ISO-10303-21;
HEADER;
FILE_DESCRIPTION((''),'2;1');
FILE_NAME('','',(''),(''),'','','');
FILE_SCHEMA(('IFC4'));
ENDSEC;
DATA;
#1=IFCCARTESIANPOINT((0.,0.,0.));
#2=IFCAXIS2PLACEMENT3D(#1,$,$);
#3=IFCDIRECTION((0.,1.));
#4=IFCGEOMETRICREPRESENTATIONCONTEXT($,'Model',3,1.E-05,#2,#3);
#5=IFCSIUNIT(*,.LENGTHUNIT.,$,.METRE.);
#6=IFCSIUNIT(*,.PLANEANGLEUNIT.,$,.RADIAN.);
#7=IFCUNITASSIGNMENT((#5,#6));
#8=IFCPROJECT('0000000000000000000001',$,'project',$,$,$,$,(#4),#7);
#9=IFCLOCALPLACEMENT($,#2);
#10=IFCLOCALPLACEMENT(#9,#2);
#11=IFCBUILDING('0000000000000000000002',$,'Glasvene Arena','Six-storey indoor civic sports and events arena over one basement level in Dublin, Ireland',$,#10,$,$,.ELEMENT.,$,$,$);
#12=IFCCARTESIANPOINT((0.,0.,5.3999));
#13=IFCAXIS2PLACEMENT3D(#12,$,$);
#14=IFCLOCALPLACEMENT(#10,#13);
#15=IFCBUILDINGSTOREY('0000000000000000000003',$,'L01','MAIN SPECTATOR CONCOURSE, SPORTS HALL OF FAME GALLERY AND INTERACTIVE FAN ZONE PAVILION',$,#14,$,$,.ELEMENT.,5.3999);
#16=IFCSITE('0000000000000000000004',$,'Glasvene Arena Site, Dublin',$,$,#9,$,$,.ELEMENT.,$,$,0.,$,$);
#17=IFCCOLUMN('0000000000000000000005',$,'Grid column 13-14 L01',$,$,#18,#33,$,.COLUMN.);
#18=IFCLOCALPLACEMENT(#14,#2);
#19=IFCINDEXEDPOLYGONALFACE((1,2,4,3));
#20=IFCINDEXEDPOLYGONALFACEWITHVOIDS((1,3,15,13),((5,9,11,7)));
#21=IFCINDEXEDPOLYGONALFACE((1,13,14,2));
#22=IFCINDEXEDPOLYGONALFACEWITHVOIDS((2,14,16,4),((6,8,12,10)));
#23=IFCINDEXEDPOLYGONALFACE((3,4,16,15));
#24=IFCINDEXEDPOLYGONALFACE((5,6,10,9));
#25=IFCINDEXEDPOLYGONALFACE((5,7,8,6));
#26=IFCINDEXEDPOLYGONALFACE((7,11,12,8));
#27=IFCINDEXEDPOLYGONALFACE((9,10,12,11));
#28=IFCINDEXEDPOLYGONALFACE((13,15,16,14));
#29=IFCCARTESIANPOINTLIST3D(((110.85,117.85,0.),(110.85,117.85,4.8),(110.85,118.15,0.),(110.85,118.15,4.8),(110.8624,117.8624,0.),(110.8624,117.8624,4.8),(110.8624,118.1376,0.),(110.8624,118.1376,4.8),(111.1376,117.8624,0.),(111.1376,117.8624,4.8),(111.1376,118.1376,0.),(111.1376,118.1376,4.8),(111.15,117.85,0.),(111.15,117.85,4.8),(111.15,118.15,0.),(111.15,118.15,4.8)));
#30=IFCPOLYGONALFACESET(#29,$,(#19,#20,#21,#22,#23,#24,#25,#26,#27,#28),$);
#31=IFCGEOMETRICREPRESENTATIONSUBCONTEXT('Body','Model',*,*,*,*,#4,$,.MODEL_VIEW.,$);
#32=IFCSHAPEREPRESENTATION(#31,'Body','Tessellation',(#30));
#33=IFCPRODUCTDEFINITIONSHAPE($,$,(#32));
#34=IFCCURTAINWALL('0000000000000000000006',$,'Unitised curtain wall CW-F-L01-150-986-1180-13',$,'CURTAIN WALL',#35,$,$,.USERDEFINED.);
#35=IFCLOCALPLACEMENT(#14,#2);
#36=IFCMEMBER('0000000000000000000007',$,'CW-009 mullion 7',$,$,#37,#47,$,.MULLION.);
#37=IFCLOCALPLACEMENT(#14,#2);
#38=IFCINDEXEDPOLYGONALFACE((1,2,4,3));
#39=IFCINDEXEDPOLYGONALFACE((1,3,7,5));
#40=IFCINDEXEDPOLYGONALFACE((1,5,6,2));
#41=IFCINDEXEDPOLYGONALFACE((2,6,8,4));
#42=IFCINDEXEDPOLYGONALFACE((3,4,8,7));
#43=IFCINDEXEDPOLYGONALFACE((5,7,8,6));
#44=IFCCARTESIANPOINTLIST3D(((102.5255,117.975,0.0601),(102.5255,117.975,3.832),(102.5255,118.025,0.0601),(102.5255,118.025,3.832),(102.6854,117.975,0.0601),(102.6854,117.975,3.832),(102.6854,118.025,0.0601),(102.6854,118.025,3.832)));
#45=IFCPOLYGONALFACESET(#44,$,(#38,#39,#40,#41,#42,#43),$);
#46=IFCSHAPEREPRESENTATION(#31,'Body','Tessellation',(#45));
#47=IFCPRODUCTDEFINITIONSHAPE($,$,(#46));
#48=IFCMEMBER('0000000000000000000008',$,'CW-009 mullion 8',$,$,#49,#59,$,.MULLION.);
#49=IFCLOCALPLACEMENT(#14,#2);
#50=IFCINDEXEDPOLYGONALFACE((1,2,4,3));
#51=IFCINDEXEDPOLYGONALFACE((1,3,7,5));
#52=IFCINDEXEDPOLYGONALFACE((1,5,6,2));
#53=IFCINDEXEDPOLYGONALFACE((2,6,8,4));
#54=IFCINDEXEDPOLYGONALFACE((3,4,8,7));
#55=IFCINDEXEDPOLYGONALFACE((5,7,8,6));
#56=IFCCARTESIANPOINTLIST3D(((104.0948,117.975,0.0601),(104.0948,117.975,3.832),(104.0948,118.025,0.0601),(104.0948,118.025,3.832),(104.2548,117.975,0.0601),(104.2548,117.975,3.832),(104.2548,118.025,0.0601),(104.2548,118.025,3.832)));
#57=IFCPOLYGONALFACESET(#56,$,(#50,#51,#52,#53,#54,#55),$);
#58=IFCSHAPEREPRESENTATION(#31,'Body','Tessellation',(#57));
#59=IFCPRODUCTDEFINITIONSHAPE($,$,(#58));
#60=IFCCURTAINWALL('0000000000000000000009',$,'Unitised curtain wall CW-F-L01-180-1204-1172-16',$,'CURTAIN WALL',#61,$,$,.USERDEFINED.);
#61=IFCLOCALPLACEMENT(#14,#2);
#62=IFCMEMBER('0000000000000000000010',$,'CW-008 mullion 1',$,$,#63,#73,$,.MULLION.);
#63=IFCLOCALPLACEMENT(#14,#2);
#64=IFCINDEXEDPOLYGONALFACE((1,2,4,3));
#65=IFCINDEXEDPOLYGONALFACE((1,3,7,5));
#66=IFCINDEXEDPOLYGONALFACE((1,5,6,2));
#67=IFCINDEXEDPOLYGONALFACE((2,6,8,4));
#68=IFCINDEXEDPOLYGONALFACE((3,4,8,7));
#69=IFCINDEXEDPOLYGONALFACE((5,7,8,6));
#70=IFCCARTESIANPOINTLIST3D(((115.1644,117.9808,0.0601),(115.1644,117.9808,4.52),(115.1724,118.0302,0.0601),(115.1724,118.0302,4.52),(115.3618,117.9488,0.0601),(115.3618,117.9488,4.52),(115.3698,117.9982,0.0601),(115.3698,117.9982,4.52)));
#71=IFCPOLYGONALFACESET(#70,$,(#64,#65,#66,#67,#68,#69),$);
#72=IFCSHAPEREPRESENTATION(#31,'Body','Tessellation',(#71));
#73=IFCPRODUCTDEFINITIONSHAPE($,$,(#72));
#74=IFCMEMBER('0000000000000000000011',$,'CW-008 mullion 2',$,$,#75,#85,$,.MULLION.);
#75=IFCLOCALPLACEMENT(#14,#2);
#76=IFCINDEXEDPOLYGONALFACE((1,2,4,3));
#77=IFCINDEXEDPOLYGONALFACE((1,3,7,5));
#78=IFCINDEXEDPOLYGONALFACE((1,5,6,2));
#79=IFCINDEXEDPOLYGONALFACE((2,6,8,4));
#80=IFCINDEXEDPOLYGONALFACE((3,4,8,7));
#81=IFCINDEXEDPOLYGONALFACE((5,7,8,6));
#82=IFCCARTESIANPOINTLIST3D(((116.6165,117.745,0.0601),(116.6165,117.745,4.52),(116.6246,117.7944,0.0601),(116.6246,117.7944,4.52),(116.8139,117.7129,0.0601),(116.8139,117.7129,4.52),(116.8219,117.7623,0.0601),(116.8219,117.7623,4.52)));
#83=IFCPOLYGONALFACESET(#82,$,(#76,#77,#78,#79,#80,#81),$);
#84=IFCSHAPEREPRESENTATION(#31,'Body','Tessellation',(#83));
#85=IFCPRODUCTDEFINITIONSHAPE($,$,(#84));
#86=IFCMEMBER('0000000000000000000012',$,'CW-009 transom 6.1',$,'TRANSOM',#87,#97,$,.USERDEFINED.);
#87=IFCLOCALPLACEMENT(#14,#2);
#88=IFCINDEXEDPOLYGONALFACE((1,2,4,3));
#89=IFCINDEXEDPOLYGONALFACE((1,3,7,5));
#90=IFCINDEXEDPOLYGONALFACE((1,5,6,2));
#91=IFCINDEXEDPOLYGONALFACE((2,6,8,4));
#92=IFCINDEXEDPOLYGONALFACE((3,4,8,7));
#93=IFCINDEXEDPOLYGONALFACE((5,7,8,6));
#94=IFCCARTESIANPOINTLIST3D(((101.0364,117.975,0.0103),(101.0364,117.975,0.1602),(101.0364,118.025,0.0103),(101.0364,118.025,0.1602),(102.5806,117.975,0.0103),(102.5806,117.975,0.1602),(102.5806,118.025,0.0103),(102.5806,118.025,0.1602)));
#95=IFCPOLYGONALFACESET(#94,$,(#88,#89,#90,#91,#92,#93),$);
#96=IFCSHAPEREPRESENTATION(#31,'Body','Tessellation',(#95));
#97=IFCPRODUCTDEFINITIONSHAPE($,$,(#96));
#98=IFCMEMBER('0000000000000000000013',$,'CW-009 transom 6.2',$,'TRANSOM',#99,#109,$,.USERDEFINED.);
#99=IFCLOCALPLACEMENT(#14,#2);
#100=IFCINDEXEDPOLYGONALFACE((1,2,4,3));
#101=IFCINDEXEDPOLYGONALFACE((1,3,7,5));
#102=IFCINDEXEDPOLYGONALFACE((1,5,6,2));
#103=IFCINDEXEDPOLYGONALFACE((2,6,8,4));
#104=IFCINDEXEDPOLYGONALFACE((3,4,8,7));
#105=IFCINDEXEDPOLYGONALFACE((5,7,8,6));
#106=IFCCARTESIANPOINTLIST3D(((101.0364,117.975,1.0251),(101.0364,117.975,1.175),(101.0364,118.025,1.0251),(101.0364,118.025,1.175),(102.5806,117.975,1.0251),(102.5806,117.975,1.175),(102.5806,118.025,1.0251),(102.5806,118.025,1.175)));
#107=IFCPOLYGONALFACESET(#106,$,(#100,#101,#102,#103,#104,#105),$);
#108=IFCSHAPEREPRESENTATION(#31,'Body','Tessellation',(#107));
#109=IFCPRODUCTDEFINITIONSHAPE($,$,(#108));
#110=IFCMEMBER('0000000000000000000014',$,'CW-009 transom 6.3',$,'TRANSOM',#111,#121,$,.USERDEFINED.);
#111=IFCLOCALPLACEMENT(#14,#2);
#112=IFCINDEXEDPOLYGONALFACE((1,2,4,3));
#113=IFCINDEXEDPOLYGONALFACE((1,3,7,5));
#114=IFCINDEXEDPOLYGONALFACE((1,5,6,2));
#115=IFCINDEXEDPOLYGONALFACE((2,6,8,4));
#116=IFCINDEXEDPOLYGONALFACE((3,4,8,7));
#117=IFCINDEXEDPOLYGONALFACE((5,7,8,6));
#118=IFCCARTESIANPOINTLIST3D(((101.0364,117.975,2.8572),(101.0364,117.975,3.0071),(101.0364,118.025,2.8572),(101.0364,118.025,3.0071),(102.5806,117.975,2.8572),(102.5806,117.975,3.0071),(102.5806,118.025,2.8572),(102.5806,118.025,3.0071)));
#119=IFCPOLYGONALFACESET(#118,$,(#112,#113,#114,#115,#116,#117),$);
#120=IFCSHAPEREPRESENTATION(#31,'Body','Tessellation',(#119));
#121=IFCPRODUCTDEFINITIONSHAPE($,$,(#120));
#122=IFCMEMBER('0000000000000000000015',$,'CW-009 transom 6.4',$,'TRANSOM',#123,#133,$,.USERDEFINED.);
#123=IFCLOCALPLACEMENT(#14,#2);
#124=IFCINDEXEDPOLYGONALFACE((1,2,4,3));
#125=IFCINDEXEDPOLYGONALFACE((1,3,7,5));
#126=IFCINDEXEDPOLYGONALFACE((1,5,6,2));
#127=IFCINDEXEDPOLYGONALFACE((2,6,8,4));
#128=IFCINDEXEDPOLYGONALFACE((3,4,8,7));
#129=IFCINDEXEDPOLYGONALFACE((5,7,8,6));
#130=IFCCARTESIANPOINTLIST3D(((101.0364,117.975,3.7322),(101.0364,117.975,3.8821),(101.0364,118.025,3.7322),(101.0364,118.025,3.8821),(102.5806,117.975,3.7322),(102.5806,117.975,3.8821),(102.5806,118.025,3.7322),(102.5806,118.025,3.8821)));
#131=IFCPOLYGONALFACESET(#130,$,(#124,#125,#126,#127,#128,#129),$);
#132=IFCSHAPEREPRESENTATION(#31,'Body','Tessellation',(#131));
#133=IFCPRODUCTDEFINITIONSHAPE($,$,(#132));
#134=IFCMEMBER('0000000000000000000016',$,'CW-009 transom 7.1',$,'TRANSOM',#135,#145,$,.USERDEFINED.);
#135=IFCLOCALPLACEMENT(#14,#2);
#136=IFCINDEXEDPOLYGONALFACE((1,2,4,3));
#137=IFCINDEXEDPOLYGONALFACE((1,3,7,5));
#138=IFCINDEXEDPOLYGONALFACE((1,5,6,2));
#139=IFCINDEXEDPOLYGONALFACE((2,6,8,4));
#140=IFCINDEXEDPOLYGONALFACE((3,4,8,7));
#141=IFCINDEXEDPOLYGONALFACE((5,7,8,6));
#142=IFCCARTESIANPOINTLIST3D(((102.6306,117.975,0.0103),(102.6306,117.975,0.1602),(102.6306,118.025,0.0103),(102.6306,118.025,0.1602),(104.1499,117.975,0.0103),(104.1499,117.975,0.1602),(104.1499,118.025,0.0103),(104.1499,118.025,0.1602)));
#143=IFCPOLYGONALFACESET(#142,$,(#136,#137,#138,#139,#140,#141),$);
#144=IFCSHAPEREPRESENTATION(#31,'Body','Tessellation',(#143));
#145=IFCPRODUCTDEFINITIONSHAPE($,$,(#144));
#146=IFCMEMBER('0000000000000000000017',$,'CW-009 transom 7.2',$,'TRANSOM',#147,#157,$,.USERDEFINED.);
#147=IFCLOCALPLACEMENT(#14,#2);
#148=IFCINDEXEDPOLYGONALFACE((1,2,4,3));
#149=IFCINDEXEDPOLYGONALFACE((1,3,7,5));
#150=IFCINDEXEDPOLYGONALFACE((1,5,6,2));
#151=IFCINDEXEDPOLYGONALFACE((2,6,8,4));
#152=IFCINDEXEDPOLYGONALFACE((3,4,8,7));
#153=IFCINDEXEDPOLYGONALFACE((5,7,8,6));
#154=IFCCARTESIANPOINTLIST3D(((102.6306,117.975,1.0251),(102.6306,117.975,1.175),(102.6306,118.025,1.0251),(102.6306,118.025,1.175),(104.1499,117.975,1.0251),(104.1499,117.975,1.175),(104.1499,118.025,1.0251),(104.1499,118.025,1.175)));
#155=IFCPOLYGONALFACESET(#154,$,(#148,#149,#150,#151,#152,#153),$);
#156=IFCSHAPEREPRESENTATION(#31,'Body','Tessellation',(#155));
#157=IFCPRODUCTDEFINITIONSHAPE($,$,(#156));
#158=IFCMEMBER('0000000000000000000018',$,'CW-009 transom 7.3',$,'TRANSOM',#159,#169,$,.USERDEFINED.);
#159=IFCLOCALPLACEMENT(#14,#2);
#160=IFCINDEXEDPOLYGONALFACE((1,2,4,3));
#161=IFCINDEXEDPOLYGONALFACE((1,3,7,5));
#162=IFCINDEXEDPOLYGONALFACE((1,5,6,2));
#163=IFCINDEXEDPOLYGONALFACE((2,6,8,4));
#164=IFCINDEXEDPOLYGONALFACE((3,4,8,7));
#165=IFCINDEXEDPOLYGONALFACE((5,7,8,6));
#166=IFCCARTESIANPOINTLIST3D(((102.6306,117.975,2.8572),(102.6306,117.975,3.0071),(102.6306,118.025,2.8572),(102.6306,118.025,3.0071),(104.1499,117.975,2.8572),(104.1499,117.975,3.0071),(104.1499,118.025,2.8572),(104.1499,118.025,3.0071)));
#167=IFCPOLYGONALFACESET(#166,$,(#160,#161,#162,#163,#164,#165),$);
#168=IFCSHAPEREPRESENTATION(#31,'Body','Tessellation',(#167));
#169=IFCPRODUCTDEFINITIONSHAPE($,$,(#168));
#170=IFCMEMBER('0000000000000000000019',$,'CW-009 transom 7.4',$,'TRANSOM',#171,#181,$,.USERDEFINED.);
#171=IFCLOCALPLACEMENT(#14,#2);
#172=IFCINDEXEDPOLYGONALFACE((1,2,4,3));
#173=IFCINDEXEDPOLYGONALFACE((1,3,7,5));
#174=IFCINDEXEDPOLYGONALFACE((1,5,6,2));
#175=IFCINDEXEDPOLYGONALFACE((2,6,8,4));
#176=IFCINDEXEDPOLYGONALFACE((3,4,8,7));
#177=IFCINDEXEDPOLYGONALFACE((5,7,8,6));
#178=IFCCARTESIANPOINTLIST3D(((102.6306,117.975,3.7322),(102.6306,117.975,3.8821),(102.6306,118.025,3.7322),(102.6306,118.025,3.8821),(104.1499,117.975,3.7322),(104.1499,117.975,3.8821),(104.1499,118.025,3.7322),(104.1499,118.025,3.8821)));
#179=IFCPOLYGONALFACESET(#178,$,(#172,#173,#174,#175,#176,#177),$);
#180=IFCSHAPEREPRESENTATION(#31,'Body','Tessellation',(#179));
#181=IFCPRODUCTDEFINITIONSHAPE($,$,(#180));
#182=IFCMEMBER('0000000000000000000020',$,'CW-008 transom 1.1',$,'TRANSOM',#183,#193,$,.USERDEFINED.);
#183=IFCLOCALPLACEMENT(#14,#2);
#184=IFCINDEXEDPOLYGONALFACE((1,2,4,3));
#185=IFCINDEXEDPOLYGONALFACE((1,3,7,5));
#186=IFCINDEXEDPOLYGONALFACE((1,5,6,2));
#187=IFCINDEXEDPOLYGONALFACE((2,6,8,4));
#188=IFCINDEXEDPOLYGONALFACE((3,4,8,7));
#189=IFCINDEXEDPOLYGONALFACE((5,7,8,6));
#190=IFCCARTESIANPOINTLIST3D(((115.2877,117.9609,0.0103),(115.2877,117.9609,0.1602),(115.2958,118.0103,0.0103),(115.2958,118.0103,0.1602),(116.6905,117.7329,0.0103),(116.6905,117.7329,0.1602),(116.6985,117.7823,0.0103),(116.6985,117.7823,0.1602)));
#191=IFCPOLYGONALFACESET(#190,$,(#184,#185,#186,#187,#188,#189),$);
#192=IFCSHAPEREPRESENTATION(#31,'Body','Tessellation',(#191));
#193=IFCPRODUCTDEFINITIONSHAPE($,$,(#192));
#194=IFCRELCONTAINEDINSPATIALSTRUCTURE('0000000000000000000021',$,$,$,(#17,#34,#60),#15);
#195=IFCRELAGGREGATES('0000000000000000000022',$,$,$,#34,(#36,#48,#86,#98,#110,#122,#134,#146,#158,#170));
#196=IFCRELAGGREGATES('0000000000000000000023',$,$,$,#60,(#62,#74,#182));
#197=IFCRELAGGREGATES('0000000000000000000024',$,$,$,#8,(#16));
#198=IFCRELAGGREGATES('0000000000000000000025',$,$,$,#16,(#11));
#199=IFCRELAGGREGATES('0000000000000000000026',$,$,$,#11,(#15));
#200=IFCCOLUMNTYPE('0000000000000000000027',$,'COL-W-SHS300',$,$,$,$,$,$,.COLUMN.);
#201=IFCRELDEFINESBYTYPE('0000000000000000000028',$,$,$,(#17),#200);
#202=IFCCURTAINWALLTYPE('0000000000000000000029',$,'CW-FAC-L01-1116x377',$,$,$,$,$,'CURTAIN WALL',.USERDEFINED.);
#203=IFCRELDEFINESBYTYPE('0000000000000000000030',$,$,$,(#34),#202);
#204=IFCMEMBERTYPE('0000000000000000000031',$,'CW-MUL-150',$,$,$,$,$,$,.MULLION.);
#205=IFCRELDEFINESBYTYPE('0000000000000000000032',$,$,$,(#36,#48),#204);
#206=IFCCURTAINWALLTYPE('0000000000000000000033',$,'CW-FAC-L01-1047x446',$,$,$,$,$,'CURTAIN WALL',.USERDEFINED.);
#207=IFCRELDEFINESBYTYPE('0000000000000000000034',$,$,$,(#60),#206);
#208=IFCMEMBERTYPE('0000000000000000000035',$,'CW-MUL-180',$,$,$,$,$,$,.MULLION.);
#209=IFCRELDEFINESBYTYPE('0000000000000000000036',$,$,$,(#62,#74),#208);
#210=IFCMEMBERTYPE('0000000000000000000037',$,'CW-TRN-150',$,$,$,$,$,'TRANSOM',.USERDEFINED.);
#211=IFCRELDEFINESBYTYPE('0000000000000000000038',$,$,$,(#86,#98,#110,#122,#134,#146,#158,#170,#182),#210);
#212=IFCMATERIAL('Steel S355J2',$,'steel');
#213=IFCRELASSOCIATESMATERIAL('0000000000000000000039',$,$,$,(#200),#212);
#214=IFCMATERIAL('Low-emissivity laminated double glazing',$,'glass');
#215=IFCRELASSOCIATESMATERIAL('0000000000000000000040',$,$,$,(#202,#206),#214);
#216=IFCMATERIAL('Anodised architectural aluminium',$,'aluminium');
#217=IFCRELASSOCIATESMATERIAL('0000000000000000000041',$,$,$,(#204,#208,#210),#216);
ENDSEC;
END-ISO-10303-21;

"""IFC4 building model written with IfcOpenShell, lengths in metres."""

from ifc_helpers import new_model, si_unit, direction, frame, origin, origin_2d, place, context, subcontext, project, spatial, rectangle, hollow_rectangle, extrude, material, material_profile, profile_set, type_object, element, aggregate, save


model = new_model("IFC4")

# Units and contexts
model_context = context("Model", 3, precision=1e-05, world=origin(), true_north=direction((0.0, 1.0)))
body_context = subcontext(model_context, "Body", "Model", "MODEL_VIEW")
ifc_project = project(units=[si_unit("LENGTHUNIT", "METRE"), si_unit("PLANEANGLEUNIT", "RADIAN")], contexts=[model_context])

# Site, building, storey
site_placement = place(None, origin())
site = spatial("IfcSite", under=ifc_project, at=site_placement, Name="Glasvene Arena Site, Dublin", CompositionType="ELEMENT", RefElevation=0.0)
building_placement = place(site_placement, origin())
building = spatial("IfcBuilding", under=site, at=building_placement, Name="Glasvene Arena", Description="Six-storey indoor civic sports and events arena over one basement level in Dublin, Ireland", CompositionType="ELEMENT")
storey_placement = place(building_placement, frame((0.0, 0.0, 5.3999)))
storey = spatial("IfcBuildingStorey", under=building, at=storey_placement, Name="L01", Description="MAIN SPECTATOR CONCOURSE, SPORTS HALL OF FAME GALLERY AND INTERACTIVE FAN ZONE PAVILION", CompositionType="ELEMENT", Elevation=5.3999)

# Column
ifc_material_1 = material(Name="Steel S355J2", Category="steel")
ifc_material_profile_1 = material_profile(ifc_material_1, hollow_rectangle(XDim=0.3, YDim=0.3, WallThickness=0.0125, at=origin_2d()), Name="SHS 300x300x12.5")
ifc_profile_set_1 = profile_set([ifc_material_profile_1], Name="Steel S355J2")
column_type = type_object("IfcColumnType", Name="COL-W-SHS300", PredefinedType="COLUMN", material=ifc_profile_set_1)
column_placement = place(storey_placement, frame((111.0, 118.0, 0.0), z_axis=(0.0, 0.0, 1.0), x_axis=(1.0, 0.0, 0.0)))
element("IfcColumn", 1, at=column_placement, inside=storey, type_object=column_type, Name="Grid column 13-14 L01", PredefinedType="COLUMN", context=body_context, shape_type="SweptSolid", body=[
    extrude(hollow_rectangle(XDim=0.3, YDim=0.3, WallThickness=0.0125, at=origin_2d()), origin(), (0.0, 0.0, 1.0), 4.8),
])

# Curtain walls, members
ifc_material_2 = material(Name="Low-emissivity laminated double glazing", Category="glass")
curtain_wall_type_1 = type_object("IfcCurtainWallType", Name="CW-FAC-L01-1116x377", ElementType="CURTAIN WALL", PredefinedType="USERDEFINED", material=ifc_material_2)
curtain_wall_1_placement = place(storey_placement, frame((93.04, 118.0, 0.0)))
curtain_wall_1 = element("IfcCurtainWall", 2, at=curtain_wall_1_placement, inside=storey, type_object=curtain_wall_type_1, Name="Unitised curtain wall CW-F-L01-150-986-1180-13", ObjectType="CURTAIN WALL", PredefinedType="USERDEFINED")
ifc_material_3 = material(Name="Anodised architectural aluminium", Category="aluminium")
ifc_material_profile_2 = material_profile(ifc_material_3, rectangle(XDim=0.05, YDim=0.1599, at=origin_2d()), Name="ALU MULLION 50x160")
ifc_profile_set_2 = profile_set([ifc_material_profile_2], Name="Anodised architectural aluminium")
member_type_1 = type_object("IfcMemberType", Name="CW-MUL-150", PredefinedType="MULLION", material=ifc_profile_set_2)
member_1_placement = place(storey_placement, frame((102.6055, 118.0, 0.0601), z_axis=(0.0, 0.0, 1.0), x_axis=(0.0, 1.0, 0.0)))
member_1 = element("IfcMember", 3, at=member_1_placement, type_object=member_type_1, Name="CW-009 mullion 7", PredefinedType="MULLION", context=body_context, shape_type="SweptSolid", body=[
    extrude(rectangle(XDim=0.05, YDim=0.1599, at=origin_2d()), origin(), (0.0, 0.0, 1.0), 3.772),
])
member_2_placement = place(storey_placement, frame((104.1748, 118.0, 0.0601), z_axis=(0.0, 0.0, 1.0), x_axis=(0.0, 1.0, 0.0)))
member_2 = element("IfcMember", 4, at=member_2_placement, type_object=member_type_1, Name="CW-009 mullion 8", PredefinedType="MULLION", context=body_context, shape_type="SweptSolid", body=[
    extrude(rectangle(XDim=0.05, YDim=0.1599, at=origin_2d()), origin(), (0.0, 0.0, 1.0), 3.772),
])
curtain_wall_type_2 = type_object("IfcCurtainWallType", Name="CW-FAC-L01-1047x446", ElementType="CURTAIN WALL", PredefinedType="USERDEFINED", material=ifc_material_2)
curtain_wall_2_placement = place(storey_placement, frame((115.2424, 117.9937, 0.0)))
curtain_wall_2 = element("IfcCurtainWall", 5, at=curtain_wall_2_placement, inside=storey, type_object=curtain_wall_type_2, Name="Unitised curtain wall CW-F-L01-180-1204-1172-16", ObjectType="CURTAIN WALL", PredefinedType="USERDEFINED")
ifc_material_profile_3 = material_profile(ifc_material_3, rectangle(XDim=0.05, YDim=0.2, at=origin_2d()), Name="ALU MULLION 50x200")
ifc_profile_set_3 = profile_set([ifc_material_profile_3], Name="Anodised architectural aluminium")
member_type_2 = type_object("IfcMemberType", Name="CW-MUL-180", PredefinedType="MULLION", material=ifc_profile_set_3)
member_3_placement = place(storey_placement, frame((115.2671, 117.9895, 0.0601), z_axis=(0.0, 0.0, 1.0), x_axis=(0.160367, 0.987057, 0.0)))
member_3 = element("IfcMember", 6, at=member_3_placement, type_object=member_type_2, Name="CW-008 mullion 1", PredefinedType="MULLION", context=body_context, shape_type="SweptSolid", body=[
    extrude(rectangle(XDim=0.05, YDim=0.2, at=origin_2d()), origin(), (0.0, 0.0, 1.0), 4.46),
])
member_4_placement = place(storey_placement, frame((116.7192, 117.7537, 0.0601), z_axis=(0.0, 0.0, 1.0), x_axis=(0.160367, 0.987057, 0.0)))
member_4 = element("IfcMember", 7, at=member_4_placement, type_object=member_type_2, Name="CW-008 mullion 2", PredefinedType="MULLION", context=body_context, shape_type="SweptSolid", body=[
    extrude(rectangle(XDim=0.05, YDim=0.2, at=origin_2d()), origin(), (0.0, 0.0, 1.0), 4.46),
])

# Members
ifc_material_profile_4 = material_profile(ifc_material_3, rectangle(XDim=0.05, YDim=0.1499, at=origin_2d()), Name="ALU TRANSOM 50x150")
ifc_profile_set_4 = profile_set([ifc_material_profile_4], Name="Anodised architectural aluminium")
member_type_3 = type_object("IfcMemberType", Name="CW-TRN-150", ElementType="TRANSOM", PredefinedType="USERDEFINED", material=ifc_profile_set_4)
member_5_placement = place(storey_placement, frame((101.0364, 118.0, 0.0852), z_axis=(1.0, 0.0, 0.0), x_axis=(0.0, 1.0, 0.0)))
member_5 = element("IfcMember", 8, at=member_5_placement, type_object=member_type_3, Name="CW-009 transom 6.1", ObjectType="TRANSOM", PredefinedType="USERDEFINED", context=body_context, shape_type="SweptSolid", body=[
    extrude(rectangle(XDim=0.05, YDim=0.1499, at=origin_2d()), origin(), (0.0, 0.0, 1.0), 1.5442),
])
member_6_placement = place(storey_placement, frame((101.0364, 118.0, 1.1001), z_axis=(1.0, 0.0, 0.0), x_axis=(0.0, 1.0, 0.0)))
member_6 = element("IfcMember", 9, at=member_6_placement, type_object=member_type_3, Name="CW-009 transom 6.2", ObjectType="TRANSOM", PredefinedType="USERDEFINED", context=body_context, shape_type="SweptSolid", body=[
    extrude(rectangle(XDim=0.05, YDim=0.1499, at=origin_2d()), origin(), (0.0, 0.0, 1.0), 1.5442),
])
member_7_placement = place(storey_placement, frame((101.0364, 118.0, 2.9321), z_axis=(1.0, 0.0, 0.0), x_axis=(0.0, 1.0, 0.0)))
member_7 = element("IfcMember", 10, at=member_7_placement, type_object=member_type_3, Name="CW-009 transom 6.3", ObjectType="TRANSOM", PredefinedType="USERDEFINED", context=body_context, shape_type="SweptSolid", body=[
    extrude(rectangle(XDim=0.05, YDim=0.1499, at=origin_2d()), origin(), (0.0, 0.0, 1.0), 1.5442),
])
member_8_placement = place(storey_placement, frame((101.0364, 118.0, 3.8071), z_axis=(1.0, 0.0, 0.0), x_axis=(0.0, 1.0, 0.0)))
member_8 = element("IfcMember", 11, at=member_8_placement, type_object=member_type_3, Name="CW-009 transom 6.4", ObjectType="TRANSOM", PredefinedType="USERDEFINED", context=body_context, shape_type="SweptSolid", body=[
    extrude(rectangle(XDim=0.05, YDim=0.1499, at=origin_2d()), origin(), (0.0, 0.0, 1.0), 1.5442),
])
member_9_placement = place(storey_placement, frame((102.6306, 118.0, 0.0852), z_axis=(1.0, 0.0, 0.0), x_axis=(0.0, 1.0, 0.0)))
member_9 = element("IfcMember", 12, at=member_9_placement, type_object=member_type_3, Name="CW-009 transom 7.1", ObjectType="TRANSOM", PredefinedType="USERDEFINED", context=body_context, shape_type="SweptSolid", body=[
    extrude(rectangle(XDim=0.05, YDim=0.1499, at=origin_2d()), origin(), (0.0, 0.0, 1.0), 1.5193),
])
member_10_placement = place(storey_placement, frame((102.6306, 118.0, 1.1001), z_axis=(1.0, 0.0, 0.0), x_axis=(0.0, 1.0, 0.0)))
member_10 = element("IfcMember", 13, at=member_10_placement, type_object=member_type_3, Name="CW-009 transom 7.2", ObjectType="TRANSOM", PredefinedType="USERDEFINED", context=body_context, shape_type="SweptSolid", body=[
    extrude(rectangle(XDim=0.05, YDim=0.1499, at=origin_2d()), origin(), (0.0, 0.0, 1.0), 1.5193),
])
member_11_placement = place(storey_placement, frame((102.6306, 118.0, 2.9321), z_axis=(1.0, 0.0, 0.0), x_axis=(0.0, 1.0, 0.0)))
member_11 = element("IfcMember", 14, at=member_11_placement, type_object=member_type_3, Name="CW-009 transom 7.3", ObjectType="TRANSOM", PredefinedType="USERDEFINED", context=body_context, shape_type="SweptSolid", body=[
    extrude(rectangle(XDim=0.05, YDim=0.1499, at=origin_2d()), origin(), (0.0, 0.0, 1.0), 1.5193),
])
member_12_placement = place(storey_placement, frame((102.6306, 118.0, 3.8071), z_axis=(1.0, 0.0, 0.0), x_axis=(0.0, 1.0, 0.0)))
member_12 = element("IfcMember", 15, at=member_12_placement, type_object=member_type_3, Name="CW-009 transom 7.4", ObjectType="TRANSOM", PredefinedType="USERDEFINED", context=body_context, shape_type="SweptSolid", body=[
    extrude(rectangle(XDim=0.05, YDim=0.1499, at=origin_2d()), origin(), (0.0, 0.0, 1.0), 1.5193),
])
member_13_placement = place(storey_placement, frame((115.2917, 117.9856, 0.0852), z_axis=(0.987045, -0.160442, 0.0), x_axis=(0.160442, 0.987045, 0.0)))
member_13 = element("IfcMember", 16, at=member_13_placement, type_object=member_type_3, Name="CW-008 transom 1.1", ObjectType="TRANSOM", PredefinedType="USERDEFINED", context=body_context, shape_type="SweptSolid", body=[
    extrude(rectangle(XDim=0.05, YDim=0.1499, at=origin_2d()), origin(), (0.0, 0.0, 1.0), 1.4211),
])

aggregate(curtain_wall_1, [member_1, member_2, member_5, member_6, member_7, member_8, member_9, member_10, member_11, member_12])
aggregate(curtain_wall_2, [member_3, member_4, member_13])

save(model, "model.ifc")
